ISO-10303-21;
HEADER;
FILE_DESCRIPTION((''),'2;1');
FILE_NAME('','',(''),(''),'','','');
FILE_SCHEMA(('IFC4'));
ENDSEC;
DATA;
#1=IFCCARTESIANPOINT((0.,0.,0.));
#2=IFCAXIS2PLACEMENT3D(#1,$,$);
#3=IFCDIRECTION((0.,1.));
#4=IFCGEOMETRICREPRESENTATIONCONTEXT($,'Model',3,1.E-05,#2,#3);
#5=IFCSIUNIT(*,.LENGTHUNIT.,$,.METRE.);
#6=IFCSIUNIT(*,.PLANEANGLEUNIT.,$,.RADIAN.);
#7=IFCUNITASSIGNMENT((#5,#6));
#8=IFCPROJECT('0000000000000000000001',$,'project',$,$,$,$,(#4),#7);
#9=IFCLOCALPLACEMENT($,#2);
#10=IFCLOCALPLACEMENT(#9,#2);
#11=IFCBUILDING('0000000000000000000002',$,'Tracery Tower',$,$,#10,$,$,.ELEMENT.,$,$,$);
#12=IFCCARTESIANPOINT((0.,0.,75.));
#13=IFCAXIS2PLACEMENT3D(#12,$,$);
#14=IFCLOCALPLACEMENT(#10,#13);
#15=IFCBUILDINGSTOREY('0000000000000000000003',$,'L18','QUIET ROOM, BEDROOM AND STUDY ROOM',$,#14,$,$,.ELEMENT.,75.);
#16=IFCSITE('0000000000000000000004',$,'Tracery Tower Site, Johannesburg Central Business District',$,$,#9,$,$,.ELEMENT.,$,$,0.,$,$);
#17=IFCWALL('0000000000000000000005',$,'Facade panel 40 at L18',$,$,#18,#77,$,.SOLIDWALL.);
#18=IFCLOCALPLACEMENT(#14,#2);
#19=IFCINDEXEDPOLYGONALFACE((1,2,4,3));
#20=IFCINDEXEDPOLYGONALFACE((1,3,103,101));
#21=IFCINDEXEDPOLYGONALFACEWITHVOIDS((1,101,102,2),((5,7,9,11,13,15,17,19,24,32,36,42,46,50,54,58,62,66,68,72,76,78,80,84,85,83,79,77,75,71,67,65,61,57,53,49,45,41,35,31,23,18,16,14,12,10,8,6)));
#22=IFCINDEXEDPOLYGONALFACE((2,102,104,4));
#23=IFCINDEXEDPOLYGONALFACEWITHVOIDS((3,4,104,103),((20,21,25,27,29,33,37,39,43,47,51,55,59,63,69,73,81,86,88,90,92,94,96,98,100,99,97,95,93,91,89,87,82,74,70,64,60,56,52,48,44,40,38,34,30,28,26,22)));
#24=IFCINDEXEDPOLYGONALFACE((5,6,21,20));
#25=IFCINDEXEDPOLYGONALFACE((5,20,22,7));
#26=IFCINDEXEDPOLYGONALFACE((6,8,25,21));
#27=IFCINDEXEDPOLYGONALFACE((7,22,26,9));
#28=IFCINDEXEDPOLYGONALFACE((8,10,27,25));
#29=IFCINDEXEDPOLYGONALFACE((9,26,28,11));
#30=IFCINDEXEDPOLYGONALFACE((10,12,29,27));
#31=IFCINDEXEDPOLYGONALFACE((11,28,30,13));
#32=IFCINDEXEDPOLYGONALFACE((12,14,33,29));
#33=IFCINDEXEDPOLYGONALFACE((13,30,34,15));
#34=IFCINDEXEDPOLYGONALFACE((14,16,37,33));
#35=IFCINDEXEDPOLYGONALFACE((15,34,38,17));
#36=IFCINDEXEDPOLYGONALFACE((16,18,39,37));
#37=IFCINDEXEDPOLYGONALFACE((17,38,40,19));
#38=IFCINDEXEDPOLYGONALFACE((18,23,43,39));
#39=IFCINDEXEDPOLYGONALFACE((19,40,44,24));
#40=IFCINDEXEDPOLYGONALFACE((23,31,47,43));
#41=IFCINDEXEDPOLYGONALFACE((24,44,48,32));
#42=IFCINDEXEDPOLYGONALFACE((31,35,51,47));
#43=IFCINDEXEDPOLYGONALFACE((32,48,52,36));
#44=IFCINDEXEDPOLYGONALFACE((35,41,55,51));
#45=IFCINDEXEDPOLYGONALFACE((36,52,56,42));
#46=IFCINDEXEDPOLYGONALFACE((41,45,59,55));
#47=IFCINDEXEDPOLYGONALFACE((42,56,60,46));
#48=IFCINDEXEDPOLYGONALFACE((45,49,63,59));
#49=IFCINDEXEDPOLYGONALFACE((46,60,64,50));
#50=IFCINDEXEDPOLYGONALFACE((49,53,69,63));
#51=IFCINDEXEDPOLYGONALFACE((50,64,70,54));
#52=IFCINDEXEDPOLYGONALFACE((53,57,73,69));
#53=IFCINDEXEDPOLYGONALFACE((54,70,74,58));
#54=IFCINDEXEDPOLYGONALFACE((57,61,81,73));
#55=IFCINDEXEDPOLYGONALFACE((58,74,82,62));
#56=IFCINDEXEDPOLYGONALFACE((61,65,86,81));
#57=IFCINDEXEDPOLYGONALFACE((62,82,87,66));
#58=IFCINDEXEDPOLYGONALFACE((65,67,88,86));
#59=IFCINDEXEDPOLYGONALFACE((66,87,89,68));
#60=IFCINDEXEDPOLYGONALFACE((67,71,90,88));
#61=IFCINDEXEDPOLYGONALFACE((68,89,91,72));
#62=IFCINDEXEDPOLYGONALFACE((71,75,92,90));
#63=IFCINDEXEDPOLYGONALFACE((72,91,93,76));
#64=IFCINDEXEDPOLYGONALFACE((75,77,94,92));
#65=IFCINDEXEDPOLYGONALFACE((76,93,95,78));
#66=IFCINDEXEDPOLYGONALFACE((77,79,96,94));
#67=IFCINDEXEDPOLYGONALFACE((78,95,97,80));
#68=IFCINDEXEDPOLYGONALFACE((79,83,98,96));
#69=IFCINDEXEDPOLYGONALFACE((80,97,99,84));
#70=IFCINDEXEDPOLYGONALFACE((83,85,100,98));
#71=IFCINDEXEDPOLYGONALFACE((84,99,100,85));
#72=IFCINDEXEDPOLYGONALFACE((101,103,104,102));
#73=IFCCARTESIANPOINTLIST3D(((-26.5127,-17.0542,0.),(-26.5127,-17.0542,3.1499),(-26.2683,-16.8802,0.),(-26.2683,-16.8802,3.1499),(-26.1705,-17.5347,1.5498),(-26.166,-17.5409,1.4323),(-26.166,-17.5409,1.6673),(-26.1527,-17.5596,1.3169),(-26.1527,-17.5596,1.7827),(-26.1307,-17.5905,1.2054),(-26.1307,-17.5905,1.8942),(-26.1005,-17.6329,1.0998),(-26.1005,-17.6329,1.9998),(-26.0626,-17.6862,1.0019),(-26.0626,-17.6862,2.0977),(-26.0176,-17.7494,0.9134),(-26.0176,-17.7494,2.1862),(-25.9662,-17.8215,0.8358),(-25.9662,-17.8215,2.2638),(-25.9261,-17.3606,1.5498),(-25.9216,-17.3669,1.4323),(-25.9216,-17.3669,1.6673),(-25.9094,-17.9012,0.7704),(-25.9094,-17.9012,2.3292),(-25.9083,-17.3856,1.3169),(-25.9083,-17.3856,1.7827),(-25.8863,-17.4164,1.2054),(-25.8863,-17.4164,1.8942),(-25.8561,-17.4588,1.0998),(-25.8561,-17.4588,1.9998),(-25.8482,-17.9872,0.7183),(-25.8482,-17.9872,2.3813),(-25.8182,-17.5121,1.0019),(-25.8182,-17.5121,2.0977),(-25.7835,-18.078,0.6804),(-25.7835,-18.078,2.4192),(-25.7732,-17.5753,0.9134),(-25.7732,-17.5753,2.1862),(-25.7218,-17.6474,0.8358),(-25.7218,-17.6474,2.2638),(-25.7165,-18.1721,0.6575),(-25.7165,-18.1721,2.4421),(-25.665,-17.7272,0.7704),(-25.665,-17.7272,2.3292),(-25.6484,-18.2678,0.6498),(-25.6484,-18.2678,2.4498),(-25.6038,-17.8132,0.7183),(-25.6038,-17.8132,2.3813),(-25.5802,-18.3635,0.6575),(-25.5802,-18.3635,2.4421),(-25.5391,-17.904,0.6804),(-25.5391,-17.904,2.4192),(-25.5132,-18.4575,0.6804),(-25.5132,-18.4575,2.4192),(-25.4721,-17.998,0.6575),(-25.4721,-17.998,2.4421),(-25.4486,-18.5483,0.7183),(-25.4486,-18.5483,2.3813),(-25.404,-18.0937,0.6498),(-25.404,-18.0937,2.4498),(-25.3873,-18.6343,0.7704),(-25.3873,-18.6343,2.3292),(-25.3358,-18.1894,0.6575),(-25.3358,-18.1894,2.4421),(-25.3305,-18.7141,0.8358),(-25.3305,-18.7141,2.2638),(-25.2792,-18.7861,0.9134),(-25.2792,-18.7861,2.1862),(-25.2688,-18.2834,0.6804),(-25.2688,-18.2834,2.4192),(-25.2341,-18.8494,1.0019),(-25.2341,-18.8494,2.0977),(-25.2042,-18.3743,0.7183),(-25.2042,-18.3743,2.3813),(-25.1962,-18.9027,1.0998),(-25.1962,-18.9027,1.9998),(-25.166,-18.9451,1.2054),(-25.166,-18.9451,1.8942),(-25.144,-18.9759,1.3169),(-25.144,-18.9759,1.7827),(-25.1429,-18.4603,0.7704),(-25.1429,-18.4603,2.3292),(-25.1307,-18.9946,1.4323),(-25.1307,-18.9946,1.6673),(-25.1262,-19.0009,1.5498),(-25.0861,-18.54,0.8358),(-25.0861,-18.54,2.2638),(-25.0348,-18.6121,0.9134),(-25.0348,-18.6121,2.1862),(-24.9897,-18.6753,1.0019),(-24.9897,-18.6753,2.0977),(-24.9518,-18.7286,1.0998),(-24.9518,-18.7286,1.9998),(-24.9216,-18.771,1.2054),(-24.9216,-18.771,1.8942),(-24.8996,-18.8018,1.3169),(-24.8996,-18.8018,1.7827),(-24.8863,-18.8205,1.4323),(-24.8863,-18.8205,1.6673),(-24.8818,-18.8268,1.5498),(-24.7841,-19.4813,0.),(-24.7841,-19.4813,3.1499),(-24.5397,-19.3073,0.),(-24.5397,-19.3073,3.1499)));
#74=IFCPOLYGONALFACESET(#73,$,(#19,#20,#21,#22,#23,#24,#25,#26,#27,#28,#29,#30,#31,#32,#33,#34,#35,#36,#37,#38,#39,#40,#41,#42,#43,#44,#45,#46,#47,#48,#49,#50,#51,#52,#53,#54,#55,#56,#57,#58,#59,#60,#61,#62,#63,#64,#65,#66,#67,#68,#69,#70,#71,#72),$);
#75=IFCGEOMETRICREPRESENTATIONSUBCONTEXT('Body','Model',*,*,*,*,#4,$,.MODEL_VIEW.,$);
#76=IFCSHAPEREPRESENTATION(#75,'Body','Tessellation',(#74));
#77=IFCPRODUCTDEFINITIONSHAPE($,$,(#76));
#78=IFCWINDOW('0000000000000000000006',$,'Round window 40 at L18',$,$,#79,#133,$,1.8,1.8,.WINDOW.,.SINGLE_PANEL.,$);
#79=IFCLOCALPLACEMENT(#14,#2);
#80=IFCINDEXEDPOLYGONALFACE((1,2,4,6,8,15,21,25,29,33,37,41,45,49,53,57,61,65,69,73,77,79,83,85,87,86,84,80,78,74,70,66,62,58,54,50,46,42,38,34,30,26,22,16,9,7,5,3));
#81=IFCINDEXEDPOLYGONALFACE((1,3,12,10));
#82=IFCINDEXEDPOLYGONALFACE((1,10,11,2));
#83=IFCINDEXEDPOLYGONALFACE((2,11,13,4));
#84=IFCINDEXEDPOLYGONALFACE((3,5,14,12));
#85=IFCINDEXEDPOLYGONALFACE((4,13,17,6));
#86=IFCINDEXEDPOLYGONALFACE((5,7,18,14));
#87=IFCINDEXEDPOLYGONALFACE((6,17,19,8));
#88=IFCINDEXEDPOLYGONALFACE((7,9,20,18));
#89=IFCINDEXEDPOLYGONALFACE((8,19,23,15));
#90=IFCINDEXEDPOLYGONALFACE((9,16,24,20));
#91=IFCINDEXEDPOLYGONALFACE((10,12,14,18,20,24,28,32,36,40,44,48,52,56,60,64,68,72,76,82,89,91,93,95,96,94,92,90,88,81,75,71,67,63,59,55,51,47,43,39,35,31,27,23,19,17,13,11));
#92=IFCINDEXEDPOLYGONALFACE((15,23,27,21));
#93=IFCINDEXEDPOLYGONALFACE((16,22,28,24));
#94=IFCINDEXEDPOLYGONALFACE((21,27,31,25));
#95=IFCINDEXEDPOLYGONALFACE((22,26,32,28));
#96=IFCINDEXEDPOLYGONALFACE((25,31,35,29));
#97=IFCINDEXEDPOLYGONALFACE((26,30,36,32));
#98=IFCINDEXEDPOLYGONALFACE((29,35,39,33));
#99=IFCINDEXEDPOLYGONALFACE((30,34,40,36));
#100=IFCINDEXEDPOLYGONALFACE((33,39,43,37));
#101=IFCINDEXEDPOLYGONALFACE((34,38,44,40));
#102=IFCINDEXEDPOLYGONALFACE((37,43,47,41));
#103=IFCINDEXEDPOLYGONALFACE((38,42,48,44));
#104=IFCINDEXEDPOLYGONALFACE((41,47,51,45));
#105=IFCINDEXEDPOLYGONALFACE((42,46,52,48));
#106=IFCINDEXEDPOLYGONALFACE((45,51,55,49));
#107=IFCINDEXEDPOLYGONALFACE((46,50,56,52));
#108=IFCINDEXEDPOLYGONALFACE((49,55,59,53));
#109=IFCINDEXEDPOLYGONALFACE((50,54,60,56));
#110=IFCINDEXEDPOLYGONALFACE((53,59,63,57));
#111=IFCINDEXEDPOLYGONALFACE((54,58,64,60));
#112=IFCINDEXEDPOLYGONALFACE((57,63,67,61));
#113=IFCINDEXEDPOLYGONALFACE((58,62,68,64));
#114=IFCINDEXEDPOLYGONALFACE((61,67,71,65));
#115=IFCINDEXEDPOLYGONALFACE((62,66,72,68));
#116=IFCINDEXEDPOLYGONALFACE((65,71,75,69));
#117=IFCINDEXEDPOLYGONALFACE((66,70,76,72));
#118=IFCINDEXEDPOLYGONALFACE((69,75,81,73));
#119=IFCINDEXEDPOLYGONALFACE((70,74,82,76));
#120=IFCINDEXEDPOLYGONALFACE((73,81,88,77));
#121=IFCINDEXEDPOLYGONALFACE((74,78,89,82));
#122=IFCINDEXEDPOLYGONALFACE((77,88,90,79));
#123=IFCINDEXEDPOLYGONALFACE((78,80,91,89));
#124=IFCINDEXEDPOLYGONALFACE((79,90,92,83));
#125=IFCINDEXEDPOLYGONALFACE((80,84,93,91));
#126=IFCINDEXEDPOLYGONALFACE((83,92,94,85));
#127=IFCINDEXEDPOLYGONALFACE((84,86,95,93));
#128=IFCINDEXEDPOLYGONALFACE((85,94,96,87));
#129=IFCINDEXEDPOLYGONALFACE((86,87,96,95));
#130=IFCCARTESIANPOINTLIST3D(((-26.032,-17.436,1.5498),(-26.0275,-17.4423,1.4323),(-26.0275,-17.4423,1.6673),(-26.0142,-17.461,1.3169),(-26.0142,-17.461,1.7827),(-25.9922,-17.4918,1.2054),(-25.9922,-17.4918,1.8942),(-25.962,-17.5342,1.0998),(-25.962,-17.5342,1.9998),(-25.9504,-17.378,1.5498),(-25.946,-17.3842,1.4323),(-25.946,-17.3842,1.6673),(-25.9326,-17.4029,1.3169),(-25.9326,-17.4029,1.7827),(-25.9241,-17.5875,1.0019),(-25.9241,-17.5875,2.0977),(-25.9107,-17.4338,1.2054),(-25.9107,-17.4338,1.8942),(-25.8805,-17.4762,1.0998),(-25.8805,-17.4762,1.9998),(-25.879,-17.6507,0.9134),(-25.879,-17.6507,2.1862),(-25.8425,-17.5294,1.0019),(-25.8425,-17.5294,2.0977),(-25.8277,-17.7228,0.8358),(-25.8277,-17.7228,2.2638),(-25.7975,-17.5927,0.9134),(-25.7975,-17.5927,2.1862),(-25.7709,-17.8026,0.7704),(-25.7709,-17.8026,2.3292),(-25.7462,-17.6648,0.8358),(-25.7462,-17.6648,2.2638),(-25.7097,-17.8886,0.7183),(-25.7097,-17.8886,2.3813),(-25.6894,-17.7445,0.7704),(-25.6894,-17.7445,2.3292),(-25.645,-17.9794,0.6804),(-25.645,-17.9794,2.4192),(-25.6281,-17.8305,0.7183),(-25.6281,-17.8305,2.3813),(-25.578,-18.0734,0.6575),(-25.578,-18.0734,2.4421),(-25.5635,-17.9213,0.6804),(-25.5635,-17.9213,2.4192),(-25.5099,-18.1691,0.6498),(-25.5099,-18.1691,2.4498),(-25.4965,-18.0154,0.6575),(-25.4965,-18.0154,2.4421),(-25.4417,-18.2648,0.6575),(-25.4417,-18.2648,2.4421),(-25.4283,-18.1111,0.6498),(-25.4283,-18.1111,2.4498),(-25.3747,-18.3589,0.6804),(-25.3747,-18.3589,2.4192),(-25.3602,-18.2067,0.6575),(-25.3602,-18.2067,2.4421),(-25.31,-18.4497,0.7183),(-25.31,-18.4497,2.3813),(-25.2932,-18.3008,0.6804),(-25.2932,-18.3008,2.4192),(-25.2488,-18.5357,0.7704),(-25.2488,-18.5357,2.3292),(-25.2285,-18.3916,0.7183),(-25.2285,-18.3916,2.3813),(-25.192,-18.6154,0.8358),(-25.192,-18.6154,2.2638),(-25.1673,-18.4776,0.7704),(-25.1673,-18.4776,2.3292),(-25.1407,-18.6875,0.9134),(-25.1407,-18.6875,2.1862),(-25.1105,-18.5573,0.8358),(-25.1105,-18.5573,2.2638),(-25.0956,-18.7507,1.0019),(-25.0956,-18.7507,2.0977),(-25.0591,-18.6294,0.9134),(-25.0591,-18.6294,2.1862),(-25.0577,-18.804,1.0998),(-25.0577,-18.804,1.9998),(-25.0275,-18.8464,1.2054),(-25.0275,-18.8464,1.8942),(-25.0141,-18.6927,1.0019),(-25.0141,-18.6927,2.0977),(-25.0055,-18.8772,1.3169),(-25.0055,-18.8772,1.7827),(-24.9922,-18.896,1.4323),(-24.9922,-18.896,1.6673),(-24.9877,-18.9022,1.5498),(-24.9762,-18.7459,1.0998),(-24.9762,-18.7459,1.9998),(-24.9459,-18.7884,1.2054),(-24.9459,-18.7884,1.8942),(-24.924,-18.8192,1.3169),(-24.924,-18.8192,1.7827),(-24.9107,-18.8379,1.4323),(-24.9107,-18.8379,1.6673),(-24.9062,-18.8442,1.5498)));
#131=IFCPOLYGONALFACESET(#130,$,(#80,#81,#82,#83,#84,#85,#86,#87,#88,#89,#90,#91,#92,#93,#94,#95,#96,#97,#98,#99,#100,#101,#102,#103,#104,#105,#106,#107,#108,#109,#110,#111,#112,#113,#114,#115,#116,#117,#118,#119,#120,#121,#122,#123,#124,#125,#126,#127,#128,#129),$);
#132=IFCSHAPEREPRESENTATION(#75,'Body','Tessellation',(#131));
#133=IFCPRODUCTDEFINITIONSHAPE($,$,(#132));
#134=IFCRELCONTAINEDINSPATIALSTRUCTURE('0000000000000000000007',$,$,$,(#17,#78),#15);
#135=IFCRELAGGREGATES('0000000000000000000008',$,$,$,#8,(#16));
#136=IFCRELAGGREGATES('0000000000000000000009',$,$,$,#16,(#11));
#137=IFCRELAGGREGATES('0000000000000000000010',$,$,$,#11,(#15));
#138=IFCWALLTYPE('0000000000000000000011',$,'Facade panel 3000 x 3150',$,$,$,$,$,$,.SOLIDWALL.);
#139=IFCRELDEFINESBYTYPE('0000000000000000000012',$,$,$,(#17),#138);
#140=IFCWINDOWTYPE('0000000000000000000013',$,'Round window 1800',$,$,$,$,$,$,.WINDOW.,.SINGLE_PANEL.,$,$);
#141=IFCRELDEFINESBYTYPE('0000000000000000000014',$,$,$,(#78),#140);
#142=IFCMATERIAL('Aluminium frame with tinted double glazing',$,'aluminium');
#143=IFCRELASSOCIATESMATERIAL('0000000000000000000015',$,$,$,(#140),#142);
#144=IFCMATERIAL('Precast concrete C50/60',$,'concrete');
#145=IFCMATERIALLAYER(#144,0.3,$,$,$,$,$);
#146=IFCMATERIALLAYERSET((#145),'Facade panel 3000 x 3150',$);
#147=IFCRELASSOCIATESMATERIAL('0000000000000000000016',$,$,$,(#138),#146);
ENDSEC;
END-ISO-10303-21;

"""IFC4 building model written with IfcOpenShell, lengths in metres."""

from ifc_helpers import new_model, si_unit, direction, frame, frame_2d, origin, origin_2d, place, context, subcontext, project, spatial, rectangle, circle, extrude, material, layer, layer_set, type_object, element, fill, save


model = new_model("IFC4")

# Units and contexts
model_context = context("Model", 3, precision=1e-05, world=origin(), true_north=direction((0.0, 1.0)))
body_context = subcontext(model_context, "Body", "Model", "MODEL_VIEW")
ifc_project = project(units=[si_unit("LENGTHUNIT", "METRE"), si_unit("PLANEANGLEUNIT", "RADIAN")], contexts=[model_context])

# Site, building, storey
site_placement = place(None, origin())
site = spatial("IfcSite", under=ifc_project, at=site_placement, Name="Tracery Tower Site, Johannesburg Central Business District", CompositionType="ELEMENT", RefElevation=0.0)
building_placement = place(site_placement, origin())
building = spatial("IfcBuilding", under=site, at=building_placement, Name="Tracery Tower", CompositionType="ELEMENT")
storey_placement = place(building_placement, frame((0.0, 0.0, 75.0)))
storey = spatial("IfcBuildingStorey", under=building, at=storey_placement, Name="L18", Description="QUIET ROOM, BEDROOM AND STUDY ROOM", CompositionType="ELEMENT", Elevation=75.0)

# Wall, opening, window
ifc_material_1 = material(Name="Aluminium frame with tinted double glazing", Category="aluminium")
window_type = type_object("IfcWindowType", Name="Round window 1800", PartitioningType="SINGLE_PANEL", PredefinedType="WINDOW", material=ifc_material_1)
ifc_material_2 = material(Name="Precast concrete C50/60", Category="concrete")
ifc_layer_1 = layer(ifc_material_2, 0.3)
ifc_layer_set_1 = layer_set([ifc_layer_1], Name="Facade panel 3000 x 3150")
wall_type_1 = type_object("IfcWallType", Name="Facade panel 3000 x 3150", PredefinedType="SOLIDWALL", material=ifc_layer_set_1)
wall_1_placement = place(storey_placement, frame((-26.3904, -16.9673, 0.0), z_axis=(0.0, 0.0, 1.0), x_axis=(0.580114, -0.814535, 0.0)))
wall_1 = element("IfcWall", 1, at=wall_1_placement, inside=storey, type_object=wall_type_1, Name="Facade panel 40 at L18", PredefinedType="SOLIDWALL", context=body_context, shape_type="SweptSolid", body=[
    extrude(rectangle(XDim=2.9797, YDim=0.3, at=frame_2d((1.4897, 0.0))), origin(), (0.0, 0.0, 1.0), 3.1499),
])
opening_1_placement = place(wall_1_placement, frame((1.4897, 0.0, 1.5498)))
opening_1 = element("IfcOpeningElement", 2, at=opening_1_placement, cuts=wall_1, PredefinedType="OPENING", context=body_context, shape_type="SweptSolid", body=[
    extrude(circle(Radius=0.9, at=origin_2d()), frame((0.0, 0.1599, 0.0), z_axis=(0.0, -1.0, 0.0), x_axis=(1.0, 0.0, 0.0)), (0.0, 0.0, 1.0), 0.3201),
])
window_1_placement = place(opening_1_placement, origin())
window_1 = element("IfcWindow", 3, at=window_1_placement, inside=storey, type_object=window_type, Name="Round window 40 at L18", OverallHeight=1.8, OverallWidth=1.8, PartitioningType="SINGLE_PANEL", PredefinedType="WINDOW", context=body_context, shape_type="SweptSolid", body=[
    extrude(circle(Radius=0.9, at=origin_2d()), frame((0.0, 0.1201, 0.0), z_axis=(0.0, -1.0, 0.0), x_axis=(1.0, 0.0, 0.0)), (0.0, 0.0, 1.0), 0.1001),
])
fill(opening_1, window_1)

save(model, "model.ifc")
